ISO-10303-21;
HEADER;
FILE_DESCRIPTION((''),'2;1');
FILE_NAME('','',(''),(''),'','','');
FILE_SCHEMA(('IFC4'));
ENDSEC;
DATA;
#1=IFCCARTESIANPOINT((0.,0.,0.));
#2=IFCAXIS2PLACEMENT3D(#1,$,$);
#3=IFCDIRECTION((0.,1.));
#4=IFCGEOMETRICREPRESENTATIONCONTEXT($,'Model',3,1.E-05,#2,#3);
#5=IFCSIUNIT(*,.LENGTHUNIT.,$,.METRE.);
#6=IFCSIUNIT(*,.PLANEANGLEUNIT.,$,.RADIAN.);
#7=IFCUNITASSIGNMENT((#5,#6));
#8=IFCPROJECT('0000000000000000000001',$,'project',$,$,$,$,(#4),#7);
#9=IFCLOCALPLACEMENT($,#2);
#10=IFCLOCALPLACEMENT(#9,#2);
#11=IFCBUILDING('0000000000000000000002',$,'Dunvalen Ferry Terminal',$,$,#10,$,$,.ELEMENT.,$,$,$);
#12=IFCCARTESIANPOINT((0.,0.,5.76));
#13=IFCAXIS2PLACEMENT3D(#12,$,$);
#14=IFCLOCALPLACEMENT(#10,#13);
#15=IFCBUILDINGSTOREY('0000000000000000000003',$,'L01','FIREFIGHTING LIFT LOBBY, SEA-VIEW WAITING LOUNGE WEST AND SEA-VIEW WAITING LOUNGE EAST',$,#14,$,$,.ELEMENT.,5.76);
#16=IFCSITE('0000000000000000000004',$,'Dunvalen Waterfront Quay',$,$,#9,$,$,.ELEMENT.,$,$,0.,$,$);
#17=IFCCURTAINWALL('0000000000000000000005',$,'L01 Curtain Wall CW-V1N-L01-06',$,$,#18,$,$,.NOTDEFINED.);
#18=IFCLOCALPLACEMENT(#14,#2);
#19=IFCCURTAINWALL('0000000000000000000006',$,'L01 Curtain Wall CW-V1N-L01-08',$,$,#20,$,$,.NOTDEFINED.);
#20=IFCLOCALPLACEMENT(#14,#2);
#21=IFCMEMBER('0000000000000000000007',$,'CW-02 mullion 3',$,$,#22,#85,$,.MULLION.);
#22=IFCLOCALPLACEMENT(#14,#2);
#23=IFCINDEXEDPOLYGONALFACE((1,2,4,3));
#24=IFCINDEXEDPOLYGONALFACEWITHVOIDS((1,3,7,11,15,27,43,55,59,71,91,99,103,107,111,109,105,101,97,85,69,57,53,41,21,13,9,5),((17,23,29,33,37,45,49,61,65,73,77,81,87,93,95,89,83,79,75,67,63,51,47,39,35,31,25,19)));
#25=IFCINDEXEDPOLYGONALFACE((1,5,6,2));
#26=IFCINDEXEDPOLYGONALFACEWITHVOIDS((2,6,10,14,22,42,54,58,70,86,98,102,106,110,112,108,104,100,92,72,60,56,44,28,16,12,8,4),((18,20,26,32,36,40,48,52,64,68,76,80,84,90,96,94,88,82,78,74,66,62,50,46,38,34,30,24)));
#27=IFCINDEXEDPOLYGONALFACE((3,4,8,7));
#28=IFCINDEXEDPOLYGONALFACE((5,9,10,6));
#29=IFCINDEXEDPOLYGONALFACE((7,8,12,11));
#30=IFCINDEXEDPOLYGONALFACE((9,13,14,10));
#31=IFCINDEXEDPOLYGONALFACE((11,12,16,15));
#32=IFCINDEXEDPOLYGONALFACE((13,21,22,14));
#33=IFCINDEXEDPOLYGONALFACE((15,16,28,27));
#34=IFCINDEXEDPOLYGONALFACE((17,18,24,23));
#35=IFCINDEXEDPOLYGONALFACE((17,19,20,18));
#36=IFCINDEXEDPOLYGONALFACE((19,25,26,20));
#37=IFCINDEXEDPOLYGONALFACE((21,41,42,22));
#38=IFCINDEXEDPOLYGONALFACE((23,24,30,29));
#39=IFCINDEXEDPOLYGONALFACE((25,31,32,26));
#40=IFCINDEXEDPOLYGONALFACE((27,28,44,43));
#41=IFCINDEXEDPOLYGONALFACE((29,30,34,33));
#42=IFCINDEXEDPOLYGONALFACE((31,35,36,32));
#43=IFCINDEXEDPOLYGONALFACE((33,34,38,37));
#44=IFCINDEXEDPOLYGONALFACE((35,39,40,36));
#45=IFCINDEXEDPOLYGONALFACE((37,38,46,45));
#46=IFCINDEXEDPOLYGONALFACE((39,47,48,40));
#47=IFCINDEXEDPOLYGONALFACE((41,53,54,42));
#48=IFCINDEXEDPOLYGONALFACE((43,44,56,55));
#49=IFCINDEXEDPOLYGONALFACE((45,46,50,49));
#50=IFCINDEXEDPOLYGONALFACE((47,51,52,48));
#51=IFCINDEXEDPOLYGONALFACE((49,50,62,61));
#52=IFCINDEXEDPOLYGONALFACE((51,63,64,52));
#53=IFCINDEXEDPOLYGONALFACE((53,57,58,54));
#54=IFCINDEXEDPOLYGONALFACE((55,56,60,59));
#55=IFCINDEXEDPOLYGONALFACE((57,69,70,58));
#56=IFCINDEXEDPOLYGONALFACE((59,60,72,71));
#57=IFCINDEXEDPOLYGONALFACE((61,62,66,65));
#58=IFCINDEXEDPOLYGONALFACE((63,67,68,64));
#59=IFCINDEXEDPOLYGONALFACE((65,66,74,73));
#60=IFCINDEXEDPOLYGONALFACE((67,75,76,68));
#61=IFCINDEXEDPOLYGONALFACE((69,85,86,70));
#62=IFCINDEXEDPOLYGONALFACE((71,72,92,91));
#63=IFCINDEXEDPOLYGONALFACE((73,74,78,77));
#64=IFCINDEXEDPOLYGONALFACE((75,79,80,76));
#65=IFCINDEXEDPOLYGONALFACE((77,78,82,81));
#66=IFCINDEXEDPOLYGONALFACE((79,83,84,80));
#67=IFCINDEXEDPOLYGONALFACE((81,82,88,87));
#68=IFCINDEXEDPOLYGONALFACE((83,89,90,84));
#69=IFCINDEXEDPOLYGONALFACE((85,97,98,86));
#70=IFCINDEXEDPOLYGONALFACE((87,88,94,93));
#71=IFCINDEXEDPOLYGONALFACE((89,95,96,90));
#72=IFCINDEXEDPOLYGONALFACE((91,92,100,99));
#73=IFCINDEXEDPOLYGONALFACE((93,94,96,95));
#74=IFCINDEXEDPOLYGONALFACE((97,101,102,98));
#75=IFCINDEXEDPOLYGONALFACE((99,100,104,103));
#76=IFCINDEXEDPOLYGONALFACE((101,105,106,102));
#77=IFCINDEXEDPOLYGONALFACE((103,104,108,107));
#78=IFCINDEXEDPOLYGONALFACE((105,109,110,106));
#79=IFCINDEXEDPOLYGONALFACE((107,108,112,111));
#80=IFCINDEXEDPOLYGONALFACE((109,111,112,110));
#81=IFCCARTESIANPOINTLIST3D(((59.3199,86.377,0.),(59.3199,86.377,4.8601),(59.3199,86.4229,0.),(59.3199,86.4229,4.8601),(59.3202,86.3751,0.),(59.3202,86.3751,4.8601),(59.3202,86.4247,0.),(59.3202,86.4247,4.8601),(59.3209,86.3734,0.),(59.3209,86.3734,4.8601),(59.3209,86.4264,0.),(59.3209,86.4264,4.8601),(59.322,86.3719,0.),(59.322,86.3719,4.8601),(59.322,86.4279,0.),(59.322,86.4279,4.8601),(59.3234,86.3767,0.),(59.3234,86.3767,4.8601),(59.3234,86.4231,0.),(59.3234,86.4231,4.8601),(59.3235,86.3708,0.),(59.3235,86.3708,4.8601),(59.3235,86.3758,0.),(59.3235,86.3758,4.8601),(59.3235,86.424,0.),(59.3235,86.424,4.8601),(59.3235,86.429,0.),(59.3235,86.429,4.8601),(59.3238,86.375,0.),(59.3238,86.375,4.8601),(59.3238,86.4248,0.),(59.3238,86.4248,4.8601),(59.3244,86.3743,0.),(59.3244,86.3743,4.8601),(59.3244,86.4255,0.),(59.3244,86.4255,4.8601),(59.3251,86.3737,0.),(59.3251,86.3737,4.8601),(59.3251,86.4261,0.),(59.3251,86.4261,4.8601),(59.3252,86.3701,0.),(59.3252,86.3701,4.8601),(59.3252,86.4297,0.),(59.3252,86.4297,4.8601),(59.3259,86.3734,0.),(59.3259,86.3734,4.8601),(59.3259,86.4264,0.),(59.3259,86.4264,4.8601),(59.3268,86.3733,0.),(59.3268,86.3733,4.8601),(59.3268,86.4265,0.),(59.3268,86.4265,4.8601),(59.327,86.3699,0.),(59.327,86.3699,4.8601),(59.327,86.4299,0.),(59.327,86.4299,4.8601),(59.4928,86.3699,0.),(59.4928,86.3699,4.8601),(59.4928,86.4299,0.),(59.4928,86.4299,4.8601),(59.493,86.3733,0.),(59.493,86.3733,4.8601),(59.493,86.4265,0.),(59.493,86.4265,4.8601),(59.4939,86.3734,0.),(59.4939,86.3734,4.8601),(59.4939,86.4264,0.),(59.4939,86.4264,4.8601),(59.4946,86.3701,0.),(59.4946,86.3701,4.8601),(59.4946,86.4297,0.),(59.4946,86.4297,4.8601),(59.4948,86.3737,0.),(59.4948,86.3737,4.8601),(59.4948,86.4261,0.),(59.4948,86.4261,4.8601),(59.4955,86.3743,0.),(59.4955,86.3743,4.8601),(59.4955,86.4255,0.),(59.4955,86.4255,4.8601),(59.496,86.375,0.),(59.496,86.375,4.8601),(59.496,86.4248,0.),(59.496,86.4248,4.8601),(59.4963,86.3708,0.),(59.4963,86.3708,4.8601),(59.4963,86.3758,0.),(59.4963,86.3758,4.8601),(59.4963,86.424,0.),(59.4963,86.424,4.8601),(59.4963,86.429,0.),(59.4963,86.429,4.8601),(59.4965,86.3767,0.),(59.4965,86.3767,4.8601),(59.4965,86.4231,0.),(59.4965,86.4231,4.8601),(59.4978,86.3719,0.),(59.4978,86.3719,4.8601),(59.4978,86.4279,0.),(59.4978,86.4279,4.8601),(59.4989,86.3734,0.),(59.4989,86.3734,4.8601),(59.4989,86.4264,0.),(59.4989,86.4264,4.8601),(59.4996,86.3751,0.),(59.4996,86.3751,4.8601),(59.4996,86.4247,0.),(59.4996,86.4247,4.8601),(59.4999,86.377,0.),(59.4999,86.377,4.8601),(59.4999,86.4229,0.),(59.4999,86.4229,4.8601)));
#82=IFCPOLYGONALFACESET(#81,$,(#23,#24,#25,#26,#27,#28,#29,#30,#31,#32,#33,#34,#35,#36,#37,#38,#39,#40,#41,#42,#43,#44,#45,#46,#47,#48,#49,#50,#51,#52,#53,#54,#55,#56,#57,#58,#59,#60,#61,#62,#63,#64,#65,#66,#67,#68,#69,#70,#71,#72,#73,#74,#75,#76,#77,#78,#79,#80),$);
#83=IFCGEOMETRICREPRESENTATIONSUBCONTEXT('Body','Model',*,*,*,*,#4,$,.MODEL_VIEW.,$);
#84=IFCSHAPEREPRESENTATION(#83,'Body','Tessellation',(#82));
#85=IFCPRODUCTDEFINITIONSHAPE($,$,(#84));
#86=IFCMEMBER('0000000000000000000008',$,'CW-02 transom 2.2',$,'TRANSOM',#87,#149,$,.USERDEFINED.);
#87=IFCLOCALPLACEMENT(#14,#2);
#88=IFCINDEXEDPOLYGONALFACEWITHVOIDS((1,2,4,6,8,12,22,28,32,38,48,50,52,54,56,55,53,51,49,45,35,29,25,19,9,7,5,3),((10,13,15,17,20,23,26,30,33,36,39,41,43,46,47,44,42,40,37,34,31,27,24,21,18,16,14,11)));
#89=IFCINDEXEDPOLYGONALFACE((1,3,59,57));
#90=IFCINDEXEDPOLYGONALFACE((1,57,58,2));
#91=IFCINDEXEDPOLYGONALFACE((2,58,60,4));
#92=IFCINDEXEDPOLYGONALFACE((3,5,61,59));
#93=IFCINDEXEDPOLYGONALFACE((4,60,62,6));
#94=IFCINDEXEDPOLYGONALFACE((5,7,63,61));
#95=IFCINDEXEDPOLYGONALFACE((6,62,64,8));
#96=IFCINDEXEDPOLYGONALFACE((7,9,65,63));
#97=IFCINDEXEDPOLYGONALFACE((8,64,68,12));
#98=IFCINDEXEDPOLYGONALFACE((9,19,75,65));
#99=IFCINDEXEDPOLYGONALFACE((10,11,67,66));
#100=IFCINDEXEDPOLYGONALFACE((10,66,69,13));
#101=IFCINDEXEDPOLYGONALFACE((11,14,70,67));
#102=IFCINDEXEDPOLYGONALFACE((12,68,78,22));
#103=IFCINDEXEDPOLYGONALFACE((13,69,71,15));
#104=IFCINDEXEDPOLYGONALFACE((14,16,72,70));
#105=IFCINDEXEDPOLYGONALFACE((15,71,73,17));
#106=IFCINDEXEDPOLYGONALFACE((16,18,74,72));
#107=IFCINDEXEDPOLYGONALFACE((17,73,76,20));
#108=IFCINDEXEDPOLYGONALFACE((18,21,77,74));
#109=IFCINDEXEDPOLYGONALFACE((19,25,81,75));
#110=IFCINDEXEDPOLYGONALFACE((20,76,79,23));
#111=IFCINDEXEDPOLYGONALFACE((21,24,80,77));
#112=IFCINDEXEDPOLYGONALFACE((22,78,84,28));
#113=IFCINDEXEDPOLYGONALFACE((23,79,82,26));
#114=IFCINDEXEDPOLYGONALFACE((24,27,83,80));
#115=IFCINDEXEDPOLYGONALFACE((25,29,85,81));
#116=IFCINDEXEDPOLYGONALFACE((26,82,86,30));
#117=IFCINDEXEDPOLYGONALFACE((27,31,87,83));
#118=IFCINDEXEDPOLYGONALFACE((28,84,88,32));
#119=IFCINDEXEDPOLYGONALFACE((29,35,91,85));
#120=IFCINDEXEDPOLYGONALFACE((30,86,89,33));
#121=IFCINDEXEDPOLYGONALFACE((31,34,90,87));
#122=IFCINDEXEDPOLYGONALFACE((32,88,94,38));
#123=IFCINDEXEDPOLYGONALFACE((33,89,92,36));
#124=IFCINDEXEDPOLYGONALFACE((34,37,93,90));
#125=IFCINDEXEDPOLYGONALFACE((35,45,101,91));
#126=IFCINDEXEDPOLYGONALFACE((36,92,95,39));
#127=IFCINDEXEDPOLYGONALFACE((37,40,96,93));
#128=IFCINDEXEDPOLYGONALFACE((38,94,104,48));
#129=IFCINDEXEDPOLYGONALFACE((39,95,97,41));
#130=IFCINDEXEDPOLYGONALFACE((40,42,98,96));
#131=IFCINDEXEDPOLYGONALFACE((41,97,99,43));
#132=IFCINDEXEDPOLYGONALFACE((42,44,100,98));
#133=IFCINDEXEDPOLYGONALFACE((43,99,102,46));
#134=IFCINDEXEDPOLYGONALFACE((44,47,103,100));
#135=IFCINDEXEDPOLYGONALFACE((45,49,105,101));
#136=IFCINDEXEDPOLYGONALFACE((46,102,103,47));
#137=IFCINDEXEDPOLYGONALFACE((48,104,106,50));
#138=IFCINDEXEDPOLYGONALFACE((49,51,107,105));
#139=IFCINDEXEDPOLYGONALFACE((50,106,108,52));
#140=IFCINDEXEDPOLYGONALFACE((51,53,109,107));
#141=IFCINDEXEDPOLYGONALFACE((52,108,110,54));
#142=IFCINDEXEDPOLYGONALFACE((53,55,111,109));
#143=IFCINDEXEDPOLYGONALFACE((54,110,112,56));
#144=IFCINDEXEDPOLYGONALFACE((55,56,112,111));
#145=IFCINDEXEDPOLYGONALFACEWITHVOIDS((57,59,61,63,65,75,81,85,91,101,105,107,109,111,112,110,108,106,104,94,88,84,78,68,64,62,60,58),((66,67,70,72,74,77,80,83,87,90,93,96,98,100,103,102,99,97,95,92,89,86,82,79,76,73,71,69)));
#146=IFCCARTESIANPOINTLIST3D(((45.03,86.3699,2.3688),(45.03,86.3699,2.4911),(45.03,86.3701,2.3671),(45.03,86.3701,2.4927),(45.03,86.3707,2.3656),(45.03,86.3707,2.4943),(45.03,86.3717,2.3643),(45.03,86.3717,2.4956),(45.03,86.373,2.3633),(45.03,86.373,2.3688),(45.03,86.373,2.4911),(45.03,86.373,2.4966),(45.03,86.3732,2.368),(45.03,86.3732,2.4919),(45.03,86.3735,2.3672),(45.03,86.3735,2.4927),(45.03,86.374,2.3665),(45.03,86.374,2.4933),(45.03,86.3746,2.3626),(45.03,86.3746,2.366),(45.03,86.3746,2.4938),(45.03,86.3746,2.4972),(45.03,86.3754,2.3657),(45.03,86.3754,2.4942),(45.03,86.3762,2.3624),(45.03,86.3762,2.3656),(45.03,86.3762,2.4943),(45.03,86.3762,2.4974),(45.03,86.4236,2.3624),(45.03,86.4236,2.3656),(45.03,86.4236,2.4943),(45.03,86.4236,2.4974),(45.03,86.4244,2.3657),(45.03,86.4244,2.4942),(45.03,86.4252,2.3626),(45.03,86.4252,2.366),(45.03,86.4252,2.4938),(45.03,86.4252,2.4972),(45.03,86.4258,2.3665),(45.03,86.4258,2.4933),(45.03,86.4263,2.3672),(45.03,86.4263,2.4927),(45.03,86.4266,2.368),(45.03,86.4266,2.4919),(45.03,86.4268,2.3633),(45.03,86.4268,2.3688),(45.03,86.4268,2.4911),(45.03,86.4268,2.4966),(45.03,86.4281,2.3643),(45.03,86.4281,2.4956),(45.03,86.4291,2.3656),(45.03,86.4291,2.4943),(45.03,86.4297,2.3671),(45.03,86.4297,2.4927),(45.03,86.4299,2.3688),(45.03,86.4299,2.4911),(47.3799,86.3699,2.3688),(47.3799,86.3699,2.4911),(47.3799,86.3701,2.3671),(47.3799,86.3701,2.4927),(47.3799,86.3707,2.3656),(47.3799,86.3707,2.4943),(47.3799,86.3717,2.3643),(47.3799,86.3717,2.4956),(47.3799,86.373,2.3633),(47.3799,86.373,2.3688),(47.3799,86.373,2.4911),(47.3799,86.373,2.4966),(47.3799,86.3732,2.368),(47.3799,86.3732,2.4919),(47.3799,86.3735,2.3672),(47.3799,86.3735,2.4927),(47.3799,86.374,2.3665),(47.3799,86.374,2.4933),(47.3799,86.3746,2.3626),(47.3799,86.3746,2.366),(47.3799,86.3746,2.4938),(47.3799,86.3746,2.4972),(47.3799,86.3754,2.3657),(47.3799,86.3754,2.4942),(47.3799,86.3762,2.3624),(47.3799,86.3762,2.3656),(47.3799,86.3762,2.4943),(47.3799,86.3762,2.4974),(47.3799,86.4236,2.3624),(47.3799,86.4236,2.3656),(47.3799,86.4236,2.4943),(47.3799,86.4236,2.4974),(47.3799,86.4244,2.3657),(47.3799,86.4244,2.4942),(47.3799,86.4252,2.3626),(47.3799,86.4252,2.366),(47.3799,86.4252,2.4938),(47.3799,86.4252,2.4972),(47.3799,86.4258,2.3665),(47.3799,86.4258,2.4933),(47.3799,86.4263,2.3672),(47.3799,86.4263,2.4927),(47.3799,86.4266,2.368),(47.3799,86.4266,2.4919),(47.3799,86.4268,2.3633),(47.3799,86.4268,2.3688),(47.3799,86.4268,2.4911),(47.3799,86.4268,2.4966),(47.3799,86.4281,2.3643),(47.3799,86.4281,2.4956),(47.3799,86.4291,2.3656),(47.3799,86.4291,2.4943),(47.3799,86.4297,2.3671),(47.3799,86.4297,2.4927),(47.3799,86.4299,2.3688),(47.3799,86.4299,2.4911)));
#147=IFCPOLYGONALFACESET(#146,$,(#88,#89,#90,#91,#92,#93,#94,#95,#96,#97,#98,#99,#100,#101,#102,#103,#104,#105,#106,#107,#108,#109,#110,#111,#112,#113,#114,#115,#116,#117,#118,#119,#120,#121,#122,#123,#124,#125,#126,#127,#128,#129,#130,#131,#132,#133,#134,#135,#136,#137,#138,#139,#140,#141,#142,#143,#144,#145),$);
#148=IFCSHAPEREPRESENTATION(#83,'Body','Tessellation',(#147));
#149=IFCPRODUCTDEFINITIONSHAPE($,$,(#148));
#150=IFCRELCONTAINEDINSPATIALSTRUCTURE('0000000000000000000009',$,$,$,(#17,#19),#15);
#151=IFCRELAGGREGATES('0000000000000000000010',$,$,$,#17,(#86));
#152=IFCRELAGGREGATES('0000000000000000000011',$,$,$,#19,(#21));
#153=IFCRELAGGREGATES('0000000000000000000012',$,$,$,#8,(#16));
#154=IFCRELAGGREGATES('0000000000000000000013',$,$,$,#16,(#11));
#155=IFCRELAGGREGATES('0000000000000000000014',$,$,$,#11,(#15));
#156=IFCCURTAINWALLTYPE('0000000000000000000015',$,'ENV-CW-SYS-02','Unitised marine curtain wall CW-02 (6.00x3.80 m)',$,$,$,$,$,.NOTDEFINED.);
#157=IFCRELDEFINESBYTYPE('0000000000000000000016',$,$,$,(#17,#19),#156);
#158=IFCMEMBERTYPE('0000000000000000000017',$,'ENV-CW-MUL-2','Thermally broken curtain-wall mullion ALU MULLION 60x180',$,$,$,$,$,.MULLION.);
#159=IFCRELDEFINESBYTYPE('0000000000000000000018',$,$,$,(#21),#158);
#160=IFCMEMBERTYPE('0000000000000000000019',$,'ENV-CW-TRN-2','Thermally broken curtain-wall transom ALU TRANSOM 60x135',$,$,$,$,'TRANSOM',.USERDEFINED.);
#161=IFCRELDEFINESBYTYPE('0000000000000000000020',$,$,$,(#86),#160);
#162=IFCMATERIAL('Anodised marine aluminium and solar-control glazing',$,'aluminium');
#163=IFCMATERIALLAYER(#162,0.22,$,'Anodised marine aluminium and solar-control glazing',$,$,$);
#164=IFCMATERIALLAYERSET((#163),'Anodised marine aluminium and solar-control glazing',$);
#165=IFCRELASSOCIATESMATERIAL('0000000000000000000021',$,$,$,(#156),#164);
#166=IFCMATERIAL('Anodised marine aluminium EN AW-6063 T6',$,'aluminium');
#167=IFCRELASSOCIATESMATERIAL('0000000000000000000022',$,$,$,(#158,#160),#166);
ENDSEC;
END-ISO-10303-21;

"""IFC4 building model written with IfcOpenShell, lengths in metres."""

from ifc_helpers import new_model, si_unit, direction, frame, origin, origin_2d, place, context, subcontext, project, spatial, hollow_rectangle, extrude, material, layer, layer_set, material_profile, profile_set, type_object, element, aggregate, save


model = new_model("IFC4")

# Units and contexts
model_context = context("Model", 3, precision=1e-05, world=origin(), true_north=direction((0.0, 1.0)))
body_context = subcontext(model_context, "Body", "Model", "MODEL_VIEW")
ifc_project = project(units=[si_unit("LENGTHUNIT", "METRE"), si_unit("PLANEANGLEUNIT", "RADIAN")], contexts=[model_context])

# Site, building, storey
site_placement = place(None, origin())
site = spatial("IfcSite", under=ifc_project, at=site_placement, Name="Dunvalen Waterfront Quay", CompositionType="ELEMENT", RefElevation=0.0)
building_placement = place(site_placement, origin())
building = spatial("IfcBuilding", under=site, at=building_placement, Name="Dunvalen Ferry Terminal", CompositionType="ELEMENT")
storey_placement = place(building_placement, frame((0.0, 0.0, 5.76)))
storey = spatial("IfcBuildingStorey", under=building, at=storey_placement, Name="L01", Description="FIREFIGHTING LIFT LOBBY, SEA-VIEW WAITING LOUNGE WEST AND SEA-VIEW WAITING LOUNGE EAST", CompositionType="ELEMENT", Elevation=5.76)

# Curtain wall
ifc_material_1 = material(Name="Anodised marine aluminium and solar-control glazing", Category="aluminium")
ifc_layer_1 = layer(ifc_material_1, 0.22, Name="Anodised marine aluminium and solar-control glazing")
ifc_layer_set_1 = layer_set([ifc_layer_1], Name="Anodised marine aluminium and solar-control glazing")
curtain_wall_type = type_object("IfcCurtainWallType", Name="ENV-CW-SYS-02", Description="Unitised marine curtain wall CW-02 (6.00x3.80 m)", PredefinedType="NOTDEFINED", material=ifc_layer_set_1)
curtain_wall_1_placement = place(storey_placement, origin())
curtain_wall_1 = element("IfcCurtainWall", 1, at=curtain_wall_1_placement, inside=storey, type_object=curtain_wall_type, Name="L01 Curtain Wall CW-V1N-L01-06", PredefinedType="NOTDEFINED")
ifc_material_2 = material(Name="Anodised marine aluminium EN AW-6063 T6", Category="aluminium")
ifc_material_profile_1 = material_profile(ifc_material_2, hollow_rectangle(XDim=0.0601, YDim=0.1799, WallThickness=0.0034, InnerFilletRadius=0.0034, OuterFilletRadius=0.0071, at=origin_2d()), Name="Anodised marine aluminium EN AW-6063 T6")
ifc_profile_set_1 = profile_set([ifc_material_profile_1], Name="Anodised marine aluminium EN AW-6063 T6")
member_type_1 = type_object("IfcMemberType", Name="ENV-CW-MUL-2", Description="Thermally broken curtain-wall mullion ALU MULLION 60x180", PredefinedType="MULLION", material=ifc_profile_set_1)

# Curtain wall, member
curtain_wall_2_placement = place(storey_placement, origin())
curtain_wall_2 = element("IfcCurtainWall", 2, at=curtain_wall_2_placement, inside=storey, type_object=curtain_wall_type, Name="L01 Curtain Wall CW-V1N-L01-08", PredefinedType="NOTDEFINED")
member_1_placement = place(storey_placement, frame((59.4099, 86.3999, 0.0), z_axis=(0.0, 0.0, 1.0), x_axis=(0.0, 1.0, 0.0)))
member_1 = element("IfcMember", 3, at=member_1_placement, type_object=member_type_1, Name="CW-02 mullion 3", PredefinedType="MULLION", context=body_context, shape_type="SweptSolid", body=[
    extrude(hollow_rectangle(XDim=0.0601, YDim=0.1799, WallThickness=0.0034, InnerFilletRadius=0.0034, OuterFilletRadius=0.0071, at=origin_2d()), origin(), (0.0, 0.0, 1.0), 4.8601),
])

# Member
ifc_material_profile_2 = material_profile(ifc_material_2, hollow_rectangle(XDim=0.0601, YDim=0.135, WallThickness=0.0032, InnerFilletRadius=0.0032, OuterFilletRadius=0.0063, at=origin_2d()), Name="Anodised marine aluminium EN AW-6063 T6")
ifc_profile_set_2 = profile_set([ifc_material_profile_2], Name="Anodised marine aluminium EN AW-6063 T6")
member_type_2 = type_object("IfcMemberType", Name="ENV-CW-TRN-2", Description="Thermally broken curtain-wall transom ALU TRANSOM 60x135", ElementType="TRANSOM", PredefinedType="USERDEFINED", material=ifc_profile_set_2)
member_2_placement = place(storey_placement, frame((45.03, 86.3999, 2.4299), z_axis=(1.0, 0.0, 0.0), x_axis=(0.0, 1.0, 0.0)))
member_2 = element("IfcMember", 4, at=member_2_placement, type_object=member_type_2, Name="CW-02 transom 2.2", ObjectType="TRANSOM", PredefinedType="USERDEFINED", context=body_context, shape_type="SweptSolid", body=[
    extrude(hollow_rectangle(XDim=0.0601, YDim=0.135, WallThickness=0.0032, InnerFilletRadius=0.0032, OuterFilletRadius=0.0063, at=origin_2d()), origin(), (0.0, 0.0, 1.0), 2.3499),
])

aggregate(curtain_wall_1, [member_2])
aggregate(curtain_wall_2, [member_1])

save(model, "model.ifc")
